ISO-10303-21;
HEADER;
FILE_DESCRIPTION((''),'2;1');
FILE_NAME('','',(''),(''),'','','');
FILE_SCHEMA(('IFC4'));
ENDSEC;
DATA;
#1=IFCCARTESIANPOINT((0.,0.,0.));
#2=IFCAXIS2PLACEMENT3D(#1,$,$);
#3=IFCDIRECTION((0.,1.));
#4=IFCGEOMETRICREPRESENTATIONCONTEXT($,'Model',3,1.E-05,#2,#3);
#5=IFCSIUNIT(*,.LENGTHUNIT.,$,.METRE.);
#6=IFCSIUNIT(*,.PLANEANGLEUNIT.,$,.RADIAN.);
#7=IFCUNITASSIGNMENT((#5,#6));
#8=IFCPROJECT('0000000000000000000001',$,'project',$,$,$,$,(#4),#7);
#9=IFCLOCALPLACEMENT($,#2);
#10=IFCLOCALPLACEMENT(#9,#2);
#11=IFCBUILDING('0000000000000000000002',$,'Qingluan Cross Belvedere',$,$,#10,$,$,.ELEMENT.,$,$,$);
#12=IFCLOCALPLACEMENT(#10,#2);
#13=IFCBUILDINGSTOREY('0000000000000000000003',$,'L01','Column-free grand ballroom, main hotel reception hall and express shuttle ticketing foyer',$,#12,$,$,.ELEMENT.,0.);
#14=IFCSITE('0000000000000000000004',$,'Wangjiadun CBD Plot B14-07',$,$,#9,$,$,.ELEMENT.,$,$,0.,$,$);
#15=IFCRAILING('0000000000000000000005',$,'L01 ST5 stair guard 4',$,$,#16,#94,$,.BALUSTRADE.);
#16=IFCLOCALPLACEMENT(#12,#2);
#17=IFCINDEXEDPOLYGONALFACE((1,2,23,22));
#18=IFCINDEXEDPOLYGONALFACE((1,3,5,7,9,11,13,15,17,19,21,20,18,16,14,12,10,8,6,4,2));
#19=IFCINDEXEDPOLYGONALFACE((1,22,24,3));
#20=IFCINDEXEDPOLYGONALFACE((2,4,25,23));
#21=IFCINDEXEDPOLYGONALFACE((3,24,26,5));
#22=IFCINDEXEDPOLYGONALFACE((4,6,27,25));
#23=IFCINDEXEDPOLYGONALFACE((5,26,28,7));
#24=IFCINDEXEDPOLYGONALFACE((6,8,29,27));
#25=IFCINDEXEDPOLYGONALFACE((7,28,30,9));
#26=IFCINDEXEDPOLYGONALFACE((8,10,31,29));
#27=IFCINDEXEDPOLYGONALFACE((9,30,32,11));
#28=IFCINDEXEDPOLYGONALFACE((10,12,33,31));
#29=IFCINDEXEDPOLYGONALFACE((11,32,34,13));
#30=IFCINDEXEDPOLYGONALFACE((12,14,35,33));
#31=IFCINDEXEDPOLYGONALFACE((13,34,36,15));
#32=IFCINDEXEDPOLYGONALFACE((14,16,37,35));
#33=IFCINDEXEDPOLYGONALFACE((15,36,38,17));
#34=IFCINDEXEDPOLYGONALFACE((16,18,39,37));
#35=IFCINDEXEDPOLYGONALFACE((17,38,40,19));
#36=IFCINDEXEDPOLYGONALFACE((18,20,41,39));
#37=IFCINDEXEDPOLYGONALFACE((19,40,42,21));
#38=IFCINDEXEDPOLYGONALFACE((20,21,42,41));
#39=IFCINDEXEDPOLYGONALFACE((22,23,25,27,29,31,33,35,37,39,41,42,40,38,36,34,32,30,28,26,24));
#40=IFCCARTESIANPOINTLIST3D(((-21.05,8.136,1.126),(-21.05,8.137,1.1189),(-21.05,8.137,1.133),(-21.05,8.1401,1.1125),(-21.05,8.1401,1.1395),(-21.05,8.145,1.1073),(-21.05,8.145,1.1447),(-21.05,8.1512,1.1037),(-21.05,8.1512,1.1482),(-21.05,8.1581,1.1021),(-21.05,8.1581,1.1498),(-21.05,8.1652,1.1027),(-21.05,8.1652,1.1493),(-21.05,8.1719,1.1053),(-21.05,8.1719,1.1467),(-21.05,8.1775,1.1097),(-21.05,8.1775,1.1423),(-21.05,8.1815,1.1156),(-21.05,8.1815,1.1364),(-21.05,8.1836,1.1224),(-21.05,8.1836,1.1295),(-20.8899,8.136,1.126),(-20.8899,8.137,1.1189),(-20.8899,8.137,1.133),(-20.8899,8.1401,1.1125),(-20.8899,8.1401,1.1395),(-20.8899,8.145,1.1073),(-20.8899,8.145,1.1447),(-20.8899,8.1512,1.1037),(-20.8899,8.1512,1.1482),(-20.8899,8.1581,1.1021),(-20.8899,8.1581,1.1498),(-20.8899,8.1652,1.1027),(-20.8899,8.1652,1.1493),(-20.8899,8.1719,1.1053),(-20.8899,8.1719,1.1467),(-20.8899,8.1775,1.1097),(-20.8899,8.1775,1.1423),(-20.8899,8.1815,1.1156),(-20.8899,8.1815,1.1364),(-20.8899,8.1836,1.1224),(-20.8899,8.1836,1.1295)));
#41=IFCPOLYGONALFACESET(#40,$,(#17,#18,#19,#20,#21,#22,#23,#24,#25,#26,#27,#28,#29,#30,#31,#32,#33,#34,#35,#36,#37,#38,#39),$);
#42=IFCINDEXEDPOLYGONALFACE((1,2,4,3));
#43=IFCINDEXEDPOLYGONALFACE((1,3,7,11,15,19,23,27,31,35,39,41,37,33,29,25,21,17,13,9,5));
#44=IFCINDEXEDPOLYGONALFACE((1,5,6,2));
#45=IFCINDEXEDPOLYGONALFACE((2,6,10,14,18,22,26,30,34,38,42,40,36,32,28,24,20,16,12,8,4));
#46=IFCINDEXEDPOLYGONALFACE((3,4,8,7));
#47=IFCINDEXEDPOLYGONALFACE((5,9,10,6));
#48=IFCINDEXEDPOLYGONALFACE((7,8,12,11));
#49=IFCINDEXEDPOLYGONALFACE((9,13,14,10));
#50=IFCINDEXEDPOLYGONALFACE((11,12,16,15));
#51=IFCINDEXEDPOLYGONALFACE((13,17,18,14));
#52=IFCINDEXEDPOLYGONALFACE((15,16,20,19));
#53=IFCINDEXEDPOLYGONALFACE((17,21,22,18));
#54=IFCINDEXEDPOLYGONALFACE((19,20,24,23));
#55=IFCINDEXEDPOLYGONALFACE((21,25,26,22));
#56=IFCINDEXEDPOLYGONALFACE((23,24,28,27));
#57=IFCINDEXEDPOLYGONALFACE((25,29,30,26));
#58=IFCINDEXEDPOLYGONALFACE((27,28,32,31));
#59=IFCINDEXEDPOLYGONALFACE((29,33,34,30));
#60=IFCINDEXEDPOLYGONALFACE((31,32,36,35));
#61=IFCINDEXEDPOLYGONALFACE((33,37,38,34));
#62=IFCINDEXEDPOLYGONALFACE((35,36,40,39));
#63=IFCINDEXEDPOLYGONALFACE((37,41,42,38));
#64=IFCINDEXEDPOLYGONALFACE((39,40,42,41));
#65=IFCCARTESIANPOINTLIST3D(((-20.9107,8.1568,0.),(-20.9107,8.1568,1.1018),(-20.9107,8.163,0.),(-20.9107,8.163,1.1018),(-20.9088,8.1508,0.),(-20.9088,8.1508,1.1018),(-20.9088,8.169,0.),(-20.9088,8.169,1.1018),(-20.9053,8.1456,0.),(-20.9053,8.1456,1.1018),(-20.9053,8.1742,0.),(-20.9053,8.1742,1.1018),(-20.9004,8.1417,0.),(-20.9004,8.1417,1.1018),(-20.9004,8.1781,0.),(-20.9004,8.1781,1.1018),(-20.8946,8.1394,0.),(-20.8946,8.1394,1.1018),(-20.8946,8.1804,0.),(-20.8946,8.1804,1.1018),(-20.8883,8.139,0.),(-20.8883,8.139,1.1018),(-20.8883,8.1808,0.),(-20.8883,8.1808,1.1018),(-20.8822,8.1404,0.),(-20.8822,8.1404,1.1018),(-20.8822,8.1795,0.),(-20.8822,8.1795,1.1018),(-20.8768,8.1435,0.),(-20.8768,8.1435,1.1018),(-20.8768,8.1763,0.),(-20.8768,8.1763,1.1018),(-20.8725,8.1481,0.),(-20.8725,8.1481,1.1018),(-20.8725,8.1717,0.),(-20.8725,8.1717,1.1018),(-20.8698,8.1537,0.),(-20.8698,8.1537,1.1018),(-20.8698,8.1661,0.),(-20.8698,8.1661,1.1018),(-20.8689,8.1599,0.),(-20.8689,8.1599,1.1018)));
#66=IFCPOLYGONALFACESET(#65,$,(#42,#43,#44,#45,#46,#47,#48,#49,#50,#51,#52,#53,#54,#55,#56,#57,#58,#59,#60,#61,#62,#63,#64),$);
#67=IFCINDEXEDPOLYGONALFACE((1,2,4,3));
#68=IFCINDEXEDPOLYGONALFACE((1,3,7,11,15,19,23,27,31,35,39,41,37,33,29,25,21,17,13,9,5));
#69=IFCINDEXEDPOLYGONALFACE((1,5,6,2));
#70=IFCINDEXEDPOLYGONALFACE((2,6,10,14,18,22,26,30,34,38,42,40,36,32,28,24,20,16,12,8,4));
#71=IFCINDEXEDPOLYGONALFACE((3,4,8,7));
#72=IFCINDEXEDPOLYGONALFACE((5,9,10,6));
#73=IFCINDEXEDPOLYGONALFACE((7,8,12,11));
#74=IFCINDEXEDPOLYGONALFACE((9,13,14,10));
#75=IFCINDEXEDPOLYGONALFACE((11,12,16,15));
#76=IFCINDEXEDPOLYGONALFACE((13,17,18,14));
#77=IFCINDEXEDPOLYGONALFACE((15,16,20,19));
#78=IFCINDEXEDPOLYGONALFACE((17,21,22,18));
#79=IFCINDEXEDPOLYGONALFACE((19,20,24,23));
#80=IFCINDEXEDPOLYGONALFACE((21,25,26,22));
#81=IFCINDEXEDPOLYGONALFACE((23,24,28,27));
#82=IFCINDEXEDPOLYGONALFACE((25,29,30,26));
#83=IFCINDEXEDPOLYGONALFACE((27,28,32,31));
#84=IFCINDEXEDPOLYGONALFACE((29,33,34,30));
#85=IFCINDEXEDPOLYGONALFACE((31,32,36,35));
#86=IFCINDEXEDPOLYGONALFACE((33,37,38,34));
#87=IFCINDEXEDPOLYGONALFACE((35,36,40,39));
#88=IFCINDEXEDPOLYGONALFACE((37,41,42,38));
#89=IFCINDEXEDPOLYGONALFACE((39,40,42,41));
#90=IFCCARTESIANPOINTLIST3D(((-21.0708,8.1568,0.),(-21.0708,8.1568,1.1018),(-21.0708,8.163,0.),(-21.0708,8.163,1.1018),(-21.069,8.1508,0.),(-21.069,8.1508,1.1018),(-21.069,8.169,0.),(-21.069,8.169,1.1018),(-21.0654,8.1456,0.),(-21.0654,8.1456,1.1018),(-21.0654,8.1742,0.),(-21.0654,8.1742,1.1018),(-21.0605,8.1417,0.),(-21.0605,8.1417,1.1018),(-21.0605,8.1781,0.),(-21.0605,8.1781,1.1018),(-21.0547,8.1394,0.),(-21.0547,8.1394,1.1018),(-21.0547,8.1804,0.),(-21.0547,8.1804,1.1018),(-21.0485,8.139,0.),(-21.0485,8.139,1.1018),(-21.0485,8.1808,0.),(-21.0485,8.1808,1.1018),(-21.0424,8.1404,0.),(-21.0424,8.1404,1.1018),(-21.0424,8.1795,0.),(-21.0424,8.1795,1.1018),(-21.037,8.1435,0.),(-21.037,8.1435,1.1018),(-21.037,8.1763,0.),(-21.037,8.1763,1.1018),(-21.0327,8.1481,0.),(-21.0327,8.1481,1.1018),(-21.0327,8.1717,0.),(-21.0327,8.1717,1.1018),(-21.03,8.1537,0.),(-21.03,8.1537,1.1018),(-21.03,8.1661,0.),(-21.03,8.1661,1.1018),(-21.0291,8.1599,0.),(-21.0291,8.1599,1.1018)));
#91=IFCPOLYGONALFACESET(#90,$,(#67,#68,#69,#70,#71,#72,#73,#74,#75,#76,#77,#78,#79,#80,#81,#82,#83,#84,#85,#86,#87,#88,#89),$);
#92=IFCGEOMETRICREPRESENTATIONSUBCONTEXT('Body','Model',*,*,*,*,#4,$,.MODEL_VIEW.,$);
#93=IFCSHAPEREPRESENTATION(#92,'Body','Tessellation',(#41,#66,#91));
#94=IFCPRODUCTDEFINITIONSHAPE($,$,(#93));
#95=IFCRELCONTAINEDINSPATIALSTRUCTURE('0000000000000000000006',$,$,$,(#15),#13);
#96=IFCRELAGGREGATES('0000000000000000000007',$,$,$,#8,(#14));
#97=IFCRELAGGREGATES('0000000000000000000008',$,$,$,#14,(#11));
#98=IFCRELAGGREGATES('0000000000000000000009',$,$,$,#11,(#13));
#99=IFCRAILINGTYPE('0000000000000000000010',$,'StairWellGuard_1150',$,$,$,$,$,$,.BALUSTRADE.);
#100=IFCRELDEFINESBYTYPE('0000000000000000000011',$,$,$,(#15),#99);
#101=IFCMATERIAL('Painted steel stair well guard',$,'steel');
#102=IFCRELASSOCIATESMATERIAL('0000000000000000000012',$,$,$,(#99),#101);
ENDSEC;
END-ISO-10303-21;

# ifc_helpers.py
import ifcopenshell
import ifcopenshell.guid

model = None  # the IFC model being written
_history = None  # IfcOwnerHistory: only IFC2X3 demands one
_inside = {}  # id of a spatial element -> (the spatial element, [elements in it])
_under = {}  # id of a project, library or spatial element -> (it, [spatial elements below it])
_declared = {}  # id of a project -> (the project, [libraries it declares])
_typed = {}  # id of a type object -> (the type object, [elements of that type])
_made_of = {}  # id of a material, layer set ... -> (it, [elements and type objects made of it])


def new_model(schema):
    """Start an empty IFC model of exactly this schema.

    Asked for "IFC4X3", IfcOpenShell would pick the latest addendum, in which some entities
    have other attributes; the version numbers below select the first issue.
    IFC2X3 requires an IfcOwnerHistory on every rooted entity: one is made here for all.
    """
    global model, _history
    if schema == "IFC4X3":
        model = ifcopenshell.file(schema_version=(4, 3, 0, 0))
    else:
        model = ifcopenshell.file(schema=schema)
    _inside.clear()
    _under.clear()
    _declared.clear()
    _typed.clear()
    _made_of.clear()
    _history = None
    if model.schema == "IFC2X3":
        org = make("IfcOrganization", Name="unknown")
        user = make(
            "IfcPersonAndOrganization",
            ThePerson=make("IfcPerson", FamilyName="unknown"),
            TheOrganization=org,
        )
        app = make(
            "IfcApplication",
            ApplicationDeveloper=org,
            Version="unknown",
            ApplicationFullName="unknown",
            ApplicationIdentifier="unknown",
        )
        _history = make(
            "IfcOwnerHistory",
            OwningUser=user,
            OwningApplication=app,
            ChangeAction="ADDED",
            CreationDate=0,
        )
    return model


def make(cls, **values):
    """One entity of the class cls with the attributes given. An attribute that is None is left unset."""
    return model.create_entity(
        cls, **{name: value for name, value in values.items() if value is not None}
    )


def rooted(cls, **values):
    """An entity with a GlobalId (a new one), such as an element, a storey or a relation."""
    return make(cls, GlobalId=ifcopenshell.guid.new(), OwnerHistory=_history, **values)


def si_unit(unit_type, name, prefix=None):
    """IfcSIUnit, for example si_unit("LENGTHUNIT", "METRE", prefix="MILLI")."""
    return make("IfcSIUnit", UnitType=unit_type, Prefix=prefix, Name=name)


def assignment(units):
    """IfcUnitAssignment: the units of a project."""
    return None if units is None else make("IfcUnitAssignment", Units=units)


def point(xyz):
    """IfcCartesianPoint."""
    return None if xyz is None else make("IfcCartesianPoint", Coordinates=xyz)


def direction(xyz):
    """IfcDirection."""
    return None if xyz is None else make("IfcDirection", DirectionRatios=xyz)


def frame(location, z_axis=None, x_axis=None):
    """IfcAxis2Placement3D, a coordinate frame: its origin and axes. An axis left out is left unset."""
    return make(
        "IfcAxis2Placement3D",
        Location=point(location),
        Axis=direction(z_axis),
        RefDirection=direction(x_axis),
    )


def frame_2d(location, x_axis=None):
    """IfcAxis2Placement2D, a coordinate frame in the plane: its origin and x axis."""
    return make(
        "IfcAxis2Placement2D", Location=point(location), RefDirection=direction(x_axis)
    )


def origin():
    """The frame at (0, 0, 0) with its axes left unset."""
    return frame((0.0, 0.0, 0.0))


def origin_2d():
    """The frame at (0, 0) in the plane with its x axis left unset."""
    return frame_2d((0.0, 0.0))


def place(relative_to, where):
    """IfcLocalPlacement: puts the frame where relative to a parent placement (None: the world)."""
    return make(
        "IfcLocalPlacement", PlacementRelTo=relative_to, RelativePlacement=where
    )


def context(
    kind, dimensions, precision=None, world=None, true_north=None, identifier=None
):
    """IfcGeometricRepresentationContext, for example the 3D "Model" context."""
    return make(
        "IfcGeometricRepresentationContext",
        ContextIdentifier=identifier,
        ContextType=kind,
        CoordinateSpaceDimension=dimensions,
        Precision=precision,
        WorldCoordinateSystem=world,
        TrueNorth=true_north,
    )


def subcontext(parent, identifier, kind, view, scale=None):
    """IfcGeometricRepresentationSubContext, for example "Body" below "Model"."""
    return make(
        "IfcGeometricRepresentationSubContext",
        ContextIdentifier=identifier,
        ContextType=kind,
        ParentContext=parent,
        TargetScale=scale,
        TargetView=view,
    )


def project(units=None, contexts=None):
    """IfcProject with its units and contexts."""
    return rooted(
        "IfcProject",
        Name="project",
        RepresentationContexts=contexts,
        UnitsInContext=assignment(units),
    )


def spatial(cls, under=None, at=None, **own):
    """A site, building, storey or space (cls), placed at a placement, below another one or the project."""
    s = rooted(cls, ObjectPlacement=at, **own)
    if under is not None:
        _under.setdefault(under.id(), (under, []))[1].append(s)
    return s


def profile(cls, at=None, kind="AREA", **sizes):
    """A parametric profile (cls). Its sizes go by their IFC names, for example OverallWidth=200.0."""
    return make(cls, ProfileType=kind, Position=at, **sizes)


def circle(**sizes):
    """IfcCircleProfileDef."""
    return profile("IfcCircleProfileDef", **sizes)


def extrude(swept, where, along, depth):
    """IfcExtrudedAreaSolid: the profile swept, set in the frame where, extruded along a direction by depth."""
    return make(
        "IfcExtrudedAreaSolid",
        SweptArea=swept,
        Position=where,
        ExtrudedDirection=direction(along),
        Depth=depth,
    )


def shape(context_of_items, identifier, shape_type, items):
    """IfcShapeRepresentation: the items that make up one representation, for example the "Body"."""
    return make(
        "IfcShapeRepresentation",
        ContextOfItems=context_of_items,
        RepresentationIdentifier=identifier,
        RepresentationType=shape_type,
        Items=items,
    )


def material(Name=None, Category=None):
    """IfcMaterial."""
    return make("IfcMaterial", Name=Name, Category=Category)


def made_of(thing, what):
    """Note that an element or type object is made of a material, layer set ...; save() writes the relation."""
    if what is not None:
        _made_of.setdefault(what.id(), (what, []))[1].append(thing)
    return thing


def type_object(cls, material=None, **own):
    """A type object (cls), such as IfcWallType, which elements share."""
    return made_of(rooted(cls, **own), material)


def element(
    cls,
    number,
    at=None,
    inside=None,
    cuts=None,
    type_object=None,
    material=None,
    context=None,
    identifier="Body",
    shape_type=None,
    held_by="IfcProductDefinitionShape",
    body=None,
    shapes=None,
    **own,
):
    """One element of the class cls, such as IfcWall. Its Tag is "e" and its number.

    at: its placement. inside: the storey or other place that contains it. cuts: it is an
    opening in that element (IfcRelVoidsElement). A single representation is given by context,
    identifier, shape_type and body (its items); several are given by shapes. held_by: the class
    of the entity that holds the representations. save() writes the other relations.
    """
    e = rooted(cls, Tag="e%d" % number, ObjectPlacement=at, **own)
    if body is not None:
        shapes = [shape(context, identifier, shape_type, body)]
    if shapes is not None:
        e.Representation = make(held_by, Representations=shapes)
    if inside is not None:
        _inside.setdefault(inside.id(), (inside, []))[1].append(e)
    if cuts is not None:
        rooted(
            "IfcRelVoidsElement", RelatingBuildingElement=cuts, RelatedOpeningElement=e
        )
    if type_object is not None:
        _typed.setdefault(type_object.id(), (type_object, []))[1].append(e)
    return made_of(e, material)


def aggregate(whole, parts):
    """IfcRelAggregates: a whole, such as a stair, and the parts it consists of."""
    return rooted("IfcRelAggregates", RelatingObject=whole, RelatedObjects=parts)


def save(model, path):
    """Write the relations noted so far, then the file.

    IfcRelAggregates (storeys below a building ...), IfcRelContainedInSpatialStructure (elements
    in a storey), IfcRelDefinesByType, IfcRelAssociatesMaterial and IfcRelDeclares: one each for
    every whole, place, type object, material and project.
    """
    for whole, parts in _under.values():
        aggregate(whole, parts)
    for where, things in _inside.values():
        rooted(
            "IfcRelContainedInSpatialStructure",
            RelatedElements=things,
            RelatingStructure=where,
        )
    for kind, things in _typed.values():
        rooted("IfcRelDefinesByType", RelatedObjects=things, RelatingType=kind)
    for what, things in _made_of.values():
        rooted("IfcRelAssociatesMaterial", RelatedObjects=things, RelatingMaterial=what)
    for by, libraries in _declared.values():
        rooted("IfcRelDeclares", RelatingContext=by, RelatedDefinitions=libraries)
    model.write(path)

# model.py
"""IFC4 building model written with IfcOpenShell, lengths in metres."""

from ifc_helpers import new_model, si_unit, direction, frame, origin, origin_2d, place, context, subcontext, project, spatial, circle, extrude, material, type_object, element, save


model = new_model("IFC4")

# Units and contexts
model_context = context("Model", 3, precision=1e-05, world=origin(), true_north=direction((0.0, 1.0)))
body_context = subcontext(model_context, "Body", "Model", "MODEL_VIEW")
ifc_project = project(units=[si_unit("LENGTHUNIT", "METRE"), si_unit("PLANEANGLEUNIT", "RADIAN")], contexts=[model_context])

# Site, building, storey
site_placement = place(None, origin())
site = spatial("IfcSite", under=ifc_project, at=site_placement, Name="Wangjiadun CBD Plot B14-07", CompositionType="ELEMENT", RefElevation=0.0)
building_placement = place(site_placement, origin())
building = spatial("IfcBuilding", under=site, at=building_placement, Name="Qingluan Cross Belvedere", CompositionType="ELEMENT")
storey_placement = place(building_placement, origin())
storey = spatial("IfcBuildingStorey", under=building, at=storey_placement, Name="L01", Description="Column-free grand ballroom, main hotel reception hall and express shuttle ticketing foyer", CompositionType="ELEMENT", Elevation=0.0)

# Railing
ifc_material_1 = material(Name="Painted steel stair well guard", Category="steel")
railing_type_1 = type_object("IfcRailingType", Name="StairWellGuard_1150", PredefinedType="BALUSTRADE", material=ifc_material_1)
railing_1_placement = place(storey_placement, frame((-20.8899, 8.1599, 0.0)))
element("IfcRailing", 1, at=railing_1_placement, inside=storey, type_object=railing_type_1, Name="L01 ST5 stair guard 4", PredefinedType="BALUSTRADE", context=body_context, shape_type="SweptSolid", body=[
    extrude(circle(Radius=0.0239, at=origin_2d()), frame((0.0, 0.0, 1.126), z_axis=(-1.0, 0.0, 0.0), x_axis=(0.0, -1.0, 0.0)), (0.0, 0.0, 1.0), 0.1602),
    extrude(circle(Radius=0.021, at=origin_2d()), origin(), (0.0, 0.0, 1.0), 1.1018),
    extrude(circle(Radius=0.021, at=origin_2d()), frame((-0.1602, 0.0, 0.0)), (0.0, 0.0, 1.0), 1.1018),
])

save(model, "model.ifc")
